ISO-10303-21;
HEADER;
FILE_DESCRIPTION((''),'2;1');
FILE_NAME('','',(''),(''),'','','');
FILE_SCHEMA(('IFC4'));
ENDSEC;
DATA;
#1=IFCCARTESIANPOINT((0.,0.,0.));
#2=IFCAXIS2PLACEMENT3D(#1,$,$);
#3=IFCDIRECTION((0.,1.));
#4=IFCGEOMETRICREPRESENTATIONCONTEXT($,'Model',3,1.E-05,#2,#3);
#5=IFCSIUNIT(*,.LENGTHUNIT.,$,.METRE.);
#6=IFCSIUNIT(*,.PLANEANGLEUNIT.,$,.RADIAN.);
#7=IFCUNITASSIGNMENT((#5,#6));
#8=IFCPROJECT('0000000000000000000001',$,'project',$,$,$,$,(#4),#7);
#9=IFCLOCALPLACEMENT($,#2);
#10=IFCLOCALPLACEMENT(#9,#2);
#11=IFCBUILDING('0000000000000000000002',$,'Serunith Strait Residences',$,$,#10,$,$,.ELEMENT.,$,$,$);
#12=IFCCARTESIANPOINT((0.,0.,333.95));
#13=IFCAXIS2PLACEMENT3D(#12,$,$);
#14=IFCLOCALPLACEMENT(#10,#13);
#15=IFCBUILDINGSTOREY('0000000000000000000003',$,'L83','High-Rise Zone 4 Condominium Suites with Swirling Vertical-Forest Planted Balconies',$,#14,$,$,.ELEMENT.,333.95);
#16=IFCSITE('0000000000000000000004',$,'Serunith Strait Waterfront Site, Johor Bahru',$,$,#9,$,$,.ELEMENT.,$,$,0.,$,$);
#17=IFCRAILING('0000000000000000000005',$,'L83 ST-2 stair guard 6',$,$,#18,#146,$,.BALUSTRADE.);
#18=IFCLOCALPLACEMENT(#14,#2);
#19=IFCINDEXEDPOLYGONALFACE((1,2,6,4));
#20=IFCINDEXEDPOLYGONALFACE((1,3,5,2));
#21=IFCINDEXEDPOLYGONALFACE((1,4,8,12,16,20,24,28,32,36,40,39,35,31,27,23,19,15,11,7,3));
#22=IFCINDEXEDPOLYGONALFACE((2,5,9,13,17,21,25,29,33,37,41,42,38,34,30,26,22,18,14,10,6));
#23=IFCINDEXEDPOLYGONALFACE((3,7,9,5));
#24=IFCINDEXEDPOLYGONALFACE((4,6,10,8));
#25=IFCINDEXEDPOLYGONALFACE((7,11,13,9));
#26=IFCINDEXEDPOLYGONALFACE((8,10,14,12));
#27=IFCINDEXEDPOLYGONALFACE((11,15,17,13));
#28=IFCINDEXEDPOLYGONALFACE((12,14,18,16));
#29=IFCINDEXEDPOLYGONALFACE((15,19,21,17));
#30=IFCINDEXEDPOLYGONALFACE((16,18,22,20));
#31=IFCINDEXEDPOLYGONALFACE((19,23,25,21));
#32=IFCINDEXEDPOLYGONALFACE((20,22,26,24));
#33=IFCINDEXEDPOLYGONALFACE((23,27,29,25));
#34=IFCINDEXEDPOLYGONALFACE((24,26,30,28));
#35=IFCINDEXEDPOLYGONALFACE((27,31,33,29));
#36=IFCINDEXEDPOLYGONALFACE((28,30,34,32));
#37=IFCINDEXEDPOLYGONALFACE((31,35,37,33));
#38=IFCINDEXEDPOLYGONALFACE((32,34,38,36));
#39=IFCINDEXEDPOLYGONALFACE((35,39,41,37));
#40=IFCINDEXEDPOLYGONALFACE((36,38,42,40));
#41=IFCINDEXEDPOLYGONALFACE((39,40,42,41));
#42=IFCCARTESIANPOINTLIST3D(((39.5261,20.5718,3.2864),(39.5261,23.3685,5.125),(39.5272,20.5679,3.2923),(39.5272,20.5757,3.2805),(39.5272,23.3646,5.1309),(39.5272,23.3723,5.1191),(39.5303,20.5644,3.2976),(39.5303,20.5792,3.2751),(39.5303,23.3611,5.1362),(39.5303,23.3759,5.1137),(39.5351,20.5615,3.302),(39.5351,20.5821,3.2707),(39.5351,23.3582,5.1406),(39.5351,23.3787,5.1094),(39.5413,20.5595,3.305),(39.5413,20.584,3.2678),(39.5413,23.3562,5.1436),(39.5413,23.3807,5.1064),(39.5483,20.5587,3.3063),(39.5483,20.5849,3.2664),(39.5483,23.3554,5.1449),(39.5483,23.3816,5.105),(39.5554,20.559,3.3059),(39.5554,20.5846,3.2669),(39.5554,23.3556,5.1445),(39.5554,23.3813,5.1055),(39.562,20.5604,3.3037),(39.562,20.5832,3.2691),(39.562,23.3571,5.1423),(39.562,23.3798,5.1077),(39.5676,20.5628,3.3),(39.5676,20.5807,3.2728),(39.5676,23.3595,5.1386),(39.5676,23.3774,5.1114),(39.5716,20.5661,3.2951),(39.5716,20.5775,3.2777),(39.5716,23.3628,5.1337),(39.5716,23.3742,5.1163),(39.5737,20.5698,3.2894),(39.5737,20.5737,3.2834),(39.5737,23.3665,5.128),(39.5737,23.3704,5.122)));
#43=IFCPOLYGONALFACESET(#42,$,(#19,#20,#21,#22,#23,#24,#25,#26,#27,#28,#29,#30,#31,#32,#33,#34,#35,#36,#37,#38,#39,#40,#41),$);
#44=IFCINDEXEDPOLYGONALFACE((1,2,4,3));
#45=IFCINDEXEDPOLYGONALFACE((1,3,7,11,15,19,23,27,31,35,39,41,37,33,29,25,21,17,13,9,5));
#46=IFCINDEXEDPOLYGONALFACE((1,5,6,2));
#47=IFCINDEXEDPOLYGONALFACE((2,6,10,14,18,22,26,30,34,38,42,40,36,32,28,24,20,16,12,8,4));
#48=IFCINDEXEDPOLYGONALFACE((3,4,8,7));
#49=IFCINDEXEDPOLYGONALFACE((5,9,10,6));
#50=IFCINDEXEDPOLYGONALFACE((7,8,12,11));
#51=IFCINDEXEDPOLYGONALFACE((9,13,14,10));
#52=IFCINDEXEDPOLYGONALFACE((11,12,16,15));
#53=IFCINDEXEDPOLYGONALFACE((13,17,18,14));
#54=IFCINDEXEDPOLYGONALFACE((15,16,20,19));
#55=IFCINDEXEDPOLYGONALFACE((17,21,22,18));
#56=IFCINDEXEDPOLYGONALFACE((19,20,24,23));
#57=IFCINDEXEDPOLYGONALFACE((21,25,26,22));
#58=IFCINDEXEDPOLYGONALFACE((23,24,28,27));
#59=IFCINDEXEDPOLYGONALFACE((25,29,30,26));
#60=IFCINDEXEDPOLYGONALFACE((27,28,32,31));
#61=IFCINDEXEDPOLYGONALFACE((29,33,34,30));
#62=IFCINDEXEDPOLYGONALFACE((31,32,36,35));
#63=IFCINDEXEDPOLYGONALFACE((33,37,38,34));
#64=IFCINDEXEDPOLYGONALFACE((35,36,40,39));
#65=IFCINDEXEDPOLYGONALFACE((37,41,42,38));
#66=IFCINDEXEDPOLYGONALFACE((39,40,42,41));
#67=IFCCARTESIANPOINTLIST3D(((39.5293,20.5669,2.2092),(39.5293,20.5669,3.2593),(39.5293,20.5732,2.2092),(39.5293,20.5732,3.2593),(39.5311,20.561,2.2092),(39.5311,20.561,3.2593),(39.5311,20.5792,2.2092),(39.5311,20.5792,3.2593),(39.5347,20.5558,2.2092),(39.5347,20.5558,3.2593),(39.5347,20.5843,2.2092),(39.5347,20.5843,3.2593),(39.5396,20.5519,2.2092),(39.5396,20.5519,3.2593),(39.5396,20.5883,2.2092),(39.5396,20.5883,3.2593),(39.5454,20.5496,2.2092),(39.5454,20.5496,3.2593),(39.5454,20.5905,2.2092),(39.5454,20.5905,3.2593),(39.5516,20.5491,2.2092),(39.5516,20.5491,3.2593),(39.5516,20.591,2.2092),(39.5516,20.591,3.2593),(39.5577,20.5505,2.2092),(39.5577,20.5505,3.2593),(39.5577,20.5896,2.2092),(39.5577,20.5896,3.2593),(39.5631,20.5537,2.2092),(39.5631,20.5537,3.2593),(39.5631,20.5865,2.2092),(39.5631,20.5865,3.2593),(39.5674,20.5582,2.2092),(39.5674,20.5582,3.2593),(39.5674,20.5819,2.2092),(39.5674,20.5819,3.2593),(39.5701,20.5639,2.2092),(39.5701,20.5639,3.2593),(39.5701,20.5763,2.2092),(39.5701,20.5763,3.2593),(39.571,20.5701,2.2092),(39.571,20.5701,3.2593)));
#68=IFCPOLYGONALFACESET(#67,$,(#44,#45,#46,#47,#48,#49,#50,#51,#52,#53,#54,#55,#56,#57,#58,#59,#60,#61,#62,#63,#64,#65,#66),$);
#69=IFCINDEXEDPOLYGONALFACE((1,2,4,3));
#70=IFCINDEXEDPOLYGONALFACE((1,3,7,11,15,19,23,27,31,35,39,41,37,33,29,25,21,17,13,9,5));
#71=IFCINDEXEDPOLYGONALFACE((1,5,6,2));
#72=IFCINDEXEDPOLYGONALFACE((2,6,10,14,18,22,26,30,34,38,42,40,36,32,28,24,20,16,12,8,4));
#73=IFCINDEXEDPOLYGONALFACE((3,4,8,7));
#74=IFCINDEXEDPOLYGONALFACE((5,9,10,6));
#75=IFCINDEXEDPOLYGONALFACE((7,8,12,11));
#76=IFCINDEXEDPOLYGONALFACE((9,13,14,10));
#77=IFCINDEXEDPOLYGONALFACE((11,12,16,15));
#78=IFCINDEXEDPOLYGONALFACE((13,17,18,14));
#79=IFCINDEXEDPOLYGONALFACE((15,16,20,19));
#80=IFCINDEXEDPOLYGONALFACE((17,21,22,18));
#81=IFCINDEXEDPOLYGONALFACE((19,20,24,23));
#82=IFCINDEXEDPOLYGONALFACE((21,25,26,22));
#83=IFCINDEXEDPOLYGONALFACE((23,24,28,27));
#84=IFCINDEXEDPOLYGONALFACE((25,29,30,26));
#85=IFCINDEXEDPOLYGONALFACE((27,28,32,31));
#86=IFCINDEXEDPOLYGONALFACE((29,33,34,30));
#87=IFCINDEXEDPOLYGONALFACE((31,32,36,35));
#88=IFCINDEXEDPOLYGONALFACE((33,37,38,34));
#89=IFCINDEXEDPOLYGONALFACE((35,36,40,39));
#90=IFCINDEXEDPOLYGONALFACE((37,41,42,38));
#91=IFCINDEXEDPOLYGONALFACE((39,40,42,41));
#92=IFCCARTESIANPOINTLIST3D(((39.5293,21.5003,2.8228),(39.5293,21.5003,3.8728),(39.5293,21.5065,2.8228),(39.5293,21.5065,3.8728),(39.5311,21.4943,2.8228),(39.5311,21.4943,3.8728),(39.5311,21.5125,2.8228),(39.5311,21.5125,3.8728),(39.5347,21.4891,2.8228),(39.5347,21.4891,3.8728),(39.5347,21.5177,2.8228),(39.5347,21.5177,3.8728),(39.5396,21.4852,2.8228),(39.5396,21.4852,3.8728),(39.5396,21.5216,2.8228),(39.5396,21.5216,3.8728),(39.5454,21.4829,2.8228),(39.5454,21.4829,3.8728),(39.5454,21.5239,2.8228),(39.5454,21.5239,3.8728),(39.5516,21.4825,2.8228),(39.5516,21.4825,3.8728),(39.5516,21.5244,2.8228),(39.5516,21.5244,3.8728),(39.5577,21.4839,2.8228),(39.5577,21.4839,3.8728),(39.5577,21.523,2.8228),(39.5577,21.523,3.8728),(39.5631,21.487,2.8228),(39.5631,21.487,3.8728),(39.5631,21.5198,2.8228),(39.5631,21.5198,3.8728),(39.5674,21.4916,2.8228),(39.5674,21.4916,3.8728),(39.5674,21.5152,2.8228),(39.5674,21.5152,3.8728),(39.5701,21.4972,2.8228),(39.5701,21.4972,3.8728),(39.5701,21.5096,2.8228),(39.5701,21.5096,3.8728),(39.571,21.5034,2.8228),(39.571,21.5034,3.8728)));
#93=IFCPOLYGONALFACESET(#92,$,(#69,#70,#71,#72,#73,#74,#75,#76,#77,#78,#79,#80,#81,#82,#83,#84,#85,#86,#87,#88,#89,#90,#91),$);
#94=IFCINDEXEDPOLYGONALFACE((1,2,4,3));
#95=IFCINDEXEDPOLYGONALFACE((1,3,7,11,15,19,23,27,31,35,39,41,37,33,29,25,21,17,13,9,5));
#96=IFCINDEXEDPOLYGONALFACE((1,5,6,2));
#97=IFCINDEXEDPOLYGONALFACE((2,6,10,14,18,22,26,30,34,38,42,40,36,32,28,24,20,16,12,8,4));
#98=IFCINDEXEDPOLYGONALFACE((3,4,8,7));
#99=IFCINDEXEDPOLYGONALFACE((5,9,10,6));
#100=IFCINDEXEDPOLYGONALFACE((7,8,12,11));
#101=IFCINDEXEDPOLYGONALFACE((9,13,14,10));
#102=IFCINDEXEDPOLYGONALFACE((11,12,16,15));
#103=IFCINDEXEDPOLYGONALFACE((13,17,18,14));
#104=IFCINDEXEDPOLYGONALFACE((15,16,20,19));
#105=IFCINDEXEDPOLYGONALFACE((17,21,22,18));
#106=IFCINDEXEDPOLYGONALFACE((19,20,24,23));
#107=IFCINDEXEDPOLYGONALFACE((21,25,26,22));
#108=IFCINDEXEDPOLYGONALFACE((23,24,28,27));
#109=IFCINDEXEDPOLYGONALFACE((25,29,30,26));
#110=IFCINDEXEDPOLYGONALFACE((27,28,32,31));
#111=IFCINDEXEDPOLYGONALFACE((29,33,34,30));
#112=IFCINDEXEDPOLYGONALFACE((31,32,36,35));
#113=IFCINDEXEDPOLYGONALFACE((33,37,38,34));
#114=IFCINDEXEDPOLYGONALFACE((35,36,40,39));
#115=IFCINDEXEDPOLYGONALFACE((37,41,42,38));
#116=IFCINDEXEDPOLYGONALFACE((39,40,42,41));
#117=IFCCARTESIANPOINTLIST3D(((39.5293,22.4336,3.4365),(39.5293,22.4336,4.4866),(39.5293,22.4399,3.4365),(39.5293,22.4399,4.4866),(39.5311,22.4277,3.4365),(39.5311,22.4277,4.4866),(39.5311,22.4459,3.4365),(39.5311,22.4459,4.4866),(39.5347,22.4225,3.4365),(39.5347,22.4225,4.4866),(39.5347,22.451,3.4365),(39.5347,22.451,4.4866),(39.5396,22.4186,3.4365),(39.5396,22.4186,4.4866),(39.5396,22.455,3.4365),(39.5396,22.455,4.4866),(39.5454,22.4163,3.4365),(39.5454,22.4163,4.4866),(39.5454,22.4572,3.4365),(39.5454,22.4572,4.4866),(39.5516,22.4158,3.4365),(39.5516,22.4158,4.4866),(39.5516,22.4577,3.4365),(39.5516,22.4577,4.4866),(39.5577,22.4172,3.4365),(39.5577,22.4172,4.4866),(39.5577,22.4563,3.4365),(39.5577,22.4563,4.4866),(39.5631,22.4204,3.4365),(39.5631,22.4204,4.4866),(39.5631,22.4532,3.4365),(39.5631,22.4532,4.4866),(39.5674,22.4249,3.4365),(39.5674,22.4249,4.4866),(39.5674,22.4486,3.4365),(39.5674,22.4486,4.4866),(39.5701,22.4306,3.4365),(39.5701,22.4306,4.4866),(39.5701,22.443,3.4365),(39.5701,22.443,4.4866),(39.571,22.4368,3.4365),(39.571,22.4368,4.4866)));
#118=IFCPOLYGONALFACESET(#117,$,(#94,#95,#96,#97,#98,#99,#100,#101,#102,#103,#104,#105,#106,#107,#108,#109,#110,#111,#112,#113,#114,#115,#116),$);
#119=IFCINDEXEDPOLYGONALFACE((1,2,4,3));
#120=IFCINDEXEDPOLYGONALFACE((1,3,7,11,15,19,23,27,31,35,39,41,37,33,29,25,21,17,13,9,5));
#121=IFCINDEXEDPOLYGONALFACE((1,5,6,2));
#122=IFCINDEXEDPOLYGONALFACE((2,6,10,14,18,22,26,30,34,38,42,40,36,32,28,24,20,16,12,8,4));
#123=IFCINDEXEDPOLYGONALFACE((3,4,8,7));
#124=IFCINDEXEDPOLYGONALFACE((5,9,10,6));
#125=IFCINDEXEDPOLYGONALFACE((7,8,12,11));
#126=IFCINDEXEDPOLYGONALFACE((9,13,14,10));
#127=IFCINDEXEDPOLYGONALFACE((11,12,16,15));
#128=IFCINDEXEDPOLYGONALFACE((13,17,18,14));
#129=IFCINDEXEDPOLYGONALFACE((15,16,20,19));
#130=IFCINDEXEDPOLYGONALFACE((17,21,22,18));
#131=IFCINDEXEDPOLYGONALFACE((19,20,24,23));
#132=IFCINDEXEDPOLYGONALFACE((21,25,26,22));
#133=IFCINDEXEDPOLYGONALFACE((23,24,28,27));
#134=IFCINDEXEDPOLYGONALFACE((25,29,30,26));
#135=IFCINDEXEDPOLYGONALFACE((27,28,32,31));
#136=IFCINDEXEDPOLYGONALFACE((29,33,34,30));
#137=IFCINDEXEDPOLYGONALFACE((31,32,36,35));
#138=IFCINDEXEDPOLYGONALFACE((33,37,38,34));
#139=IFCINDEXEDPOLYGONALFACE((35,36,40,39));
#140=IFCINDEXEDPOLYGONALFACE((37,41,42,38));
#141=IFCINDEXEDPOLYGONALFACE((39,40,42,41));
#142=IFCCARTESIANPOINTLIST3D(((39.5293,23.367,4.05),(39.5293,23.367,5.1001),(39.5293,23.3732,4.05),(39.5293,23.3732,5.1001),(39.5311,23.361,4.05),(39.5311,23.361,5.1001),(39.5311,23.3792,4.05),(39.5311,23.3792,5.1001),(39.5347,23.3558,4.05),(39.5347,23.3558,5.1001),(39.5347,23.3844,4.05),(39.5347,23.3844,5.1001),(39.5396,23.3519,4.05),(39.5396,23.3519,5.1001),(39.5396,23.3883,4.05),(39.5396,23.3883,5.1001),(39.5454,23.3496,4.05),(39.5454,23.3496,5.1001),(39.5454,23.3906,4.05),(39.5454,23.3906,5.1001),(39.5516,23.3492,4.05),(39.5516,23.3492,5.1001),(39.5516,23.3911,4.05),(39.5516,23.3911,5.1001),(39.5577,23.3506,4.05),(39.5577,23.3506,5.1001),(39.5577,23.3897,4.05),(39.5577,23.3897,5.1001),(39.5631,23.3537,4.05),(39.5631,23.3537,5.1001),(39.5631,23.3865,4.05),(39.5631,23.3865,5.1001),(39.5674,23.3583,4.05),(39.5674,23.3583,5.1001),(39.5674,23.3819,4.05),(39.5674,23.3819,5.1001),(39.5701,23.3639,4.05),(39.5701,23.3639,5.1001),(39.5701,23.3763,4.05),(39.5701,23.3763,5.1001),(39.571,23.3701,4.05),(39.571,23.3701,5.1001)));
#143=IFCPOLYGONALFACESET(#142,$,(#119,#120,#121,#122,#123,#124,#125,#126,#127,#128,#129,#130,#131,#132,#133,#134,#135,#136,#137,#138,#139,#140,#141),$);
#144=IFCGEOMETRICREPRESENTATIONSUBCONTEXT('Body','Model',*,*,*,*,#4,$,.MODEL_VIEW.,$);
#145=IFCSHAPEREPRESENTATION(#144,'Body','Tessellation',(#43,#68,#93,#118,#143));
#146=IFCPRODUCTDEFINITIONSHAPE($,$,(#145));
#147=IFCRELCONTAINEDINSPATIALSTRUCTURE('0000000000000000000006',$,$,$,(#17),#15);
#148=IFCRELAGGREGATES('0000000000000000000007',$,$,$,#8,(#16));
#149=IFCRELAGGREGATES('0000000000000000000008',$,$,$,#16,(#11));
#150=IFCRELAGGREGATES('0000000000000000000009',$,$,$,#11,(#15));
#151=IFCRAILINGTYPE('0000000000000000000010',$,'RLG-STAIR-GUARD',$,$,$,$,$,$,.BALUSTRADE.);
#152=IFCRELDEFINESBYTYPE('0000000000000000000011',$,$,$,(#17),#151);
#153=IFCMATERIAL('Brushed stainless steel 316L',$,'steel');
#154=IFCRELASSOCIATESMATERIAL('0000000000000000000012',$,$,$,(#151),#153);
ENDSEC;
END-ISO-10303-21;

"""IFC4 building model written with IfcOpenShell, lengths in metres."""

from ifc_helpers import new_model, si_unit, direction, frame, origin, origin_2d, place, context, subcontext, project, spatial, circle, extrude, material, type_object, element, save


model = new_model("IFC4")

# Units and contexts
model_context = context("Model", 3, precision=1e-05, world=origin(), true_north=direction((0.0, 1.0)))
body_context = subcontext(model_context, "Body", "Model", "MODEL_VIEW")
ifc_project = project(units=[si_unit("LENGTHUNIT", "METRE"), si_unit("PLANEANGLEUNIT", "RADIAN")], contexts=[model_context])

# Site, building, storey
site_placement = place(None, origin())
site = spatial("IfcSite", under=ifc_project, at=site_placement, Name="Serunith Strait Waterfront Site, Johor Bahru", CompositionType="ELEMENT", RefElevation=0.0)
building_placement = place(site_placement, origin())
building = spatial("IfcBuilding", under=site, at=building_placement, Name="Serunith Strait Residences", CompositionType="ELEMENT")
storey_placement = place(building_placement, frame((0.0, 0.0, 333.95)))
storey = spatial("IfcBuildingStorey", under=building, at=storey_placement, Name="L83", Description="High-Rise Zone 4 Condominium Suites with Swirling Vertical-Forest Planted Balconies", CompositionType="ELEMENT", Elevation=333.95)

# Railing
ifc_material_1 = material(Name="Brushed stainless steel 316L", Category="steel")
railing_type_1 = type_object("IfcRailingType", Name="RLG-STAIR-GUARD", PredefinedType="BALUSTRADE", material=ifc_material_1)
railing_1_placement = place(storey_placement, frame((39.55, 20.5701, 2.2092)))
element("IfcRailing", 1, at=railing_1_placement, inside=storey, type_object=railing_type_1, Name="L83 ST-2 stair guard 6", PredefinedType="BALUSTRADE", context=body_context, shape_type="SweptSolid", body=[
    extrude(circle(Radius=0.0239, at=origin_2d()), frame((0.0, 0.0017, 1.0771), z_axis=(0.0, 0.835598, 0.549342), x_axis=(-1.0, 0.0, 0.0)), (0.0, 0.0, 1.0), 3.3469),
    extrude(circle(Radius=0.021, at=origin_2d()), origin(), (0.0, 0.0, 1.0), 1.05),
    extrude(circle(Radius=0.021, at=origin_2d()), frame((0.0, 0.9333, 0.6135)), (0.0, 0.0, 1.0), 1.05),
    extrude(circle(Radius=0.021, at=origin_2d()), frame((0.0, 1.8667, 1.2273)), (0.0, 0.0, 1.0), 1.05),
    extrude(circle(Radius=0.021, at=origin_2d()), frame((0.0, 2.8, 1.8408)), (0.0, 0.0, 1.0), 1.05),
])

save(model, "model.ifc")
